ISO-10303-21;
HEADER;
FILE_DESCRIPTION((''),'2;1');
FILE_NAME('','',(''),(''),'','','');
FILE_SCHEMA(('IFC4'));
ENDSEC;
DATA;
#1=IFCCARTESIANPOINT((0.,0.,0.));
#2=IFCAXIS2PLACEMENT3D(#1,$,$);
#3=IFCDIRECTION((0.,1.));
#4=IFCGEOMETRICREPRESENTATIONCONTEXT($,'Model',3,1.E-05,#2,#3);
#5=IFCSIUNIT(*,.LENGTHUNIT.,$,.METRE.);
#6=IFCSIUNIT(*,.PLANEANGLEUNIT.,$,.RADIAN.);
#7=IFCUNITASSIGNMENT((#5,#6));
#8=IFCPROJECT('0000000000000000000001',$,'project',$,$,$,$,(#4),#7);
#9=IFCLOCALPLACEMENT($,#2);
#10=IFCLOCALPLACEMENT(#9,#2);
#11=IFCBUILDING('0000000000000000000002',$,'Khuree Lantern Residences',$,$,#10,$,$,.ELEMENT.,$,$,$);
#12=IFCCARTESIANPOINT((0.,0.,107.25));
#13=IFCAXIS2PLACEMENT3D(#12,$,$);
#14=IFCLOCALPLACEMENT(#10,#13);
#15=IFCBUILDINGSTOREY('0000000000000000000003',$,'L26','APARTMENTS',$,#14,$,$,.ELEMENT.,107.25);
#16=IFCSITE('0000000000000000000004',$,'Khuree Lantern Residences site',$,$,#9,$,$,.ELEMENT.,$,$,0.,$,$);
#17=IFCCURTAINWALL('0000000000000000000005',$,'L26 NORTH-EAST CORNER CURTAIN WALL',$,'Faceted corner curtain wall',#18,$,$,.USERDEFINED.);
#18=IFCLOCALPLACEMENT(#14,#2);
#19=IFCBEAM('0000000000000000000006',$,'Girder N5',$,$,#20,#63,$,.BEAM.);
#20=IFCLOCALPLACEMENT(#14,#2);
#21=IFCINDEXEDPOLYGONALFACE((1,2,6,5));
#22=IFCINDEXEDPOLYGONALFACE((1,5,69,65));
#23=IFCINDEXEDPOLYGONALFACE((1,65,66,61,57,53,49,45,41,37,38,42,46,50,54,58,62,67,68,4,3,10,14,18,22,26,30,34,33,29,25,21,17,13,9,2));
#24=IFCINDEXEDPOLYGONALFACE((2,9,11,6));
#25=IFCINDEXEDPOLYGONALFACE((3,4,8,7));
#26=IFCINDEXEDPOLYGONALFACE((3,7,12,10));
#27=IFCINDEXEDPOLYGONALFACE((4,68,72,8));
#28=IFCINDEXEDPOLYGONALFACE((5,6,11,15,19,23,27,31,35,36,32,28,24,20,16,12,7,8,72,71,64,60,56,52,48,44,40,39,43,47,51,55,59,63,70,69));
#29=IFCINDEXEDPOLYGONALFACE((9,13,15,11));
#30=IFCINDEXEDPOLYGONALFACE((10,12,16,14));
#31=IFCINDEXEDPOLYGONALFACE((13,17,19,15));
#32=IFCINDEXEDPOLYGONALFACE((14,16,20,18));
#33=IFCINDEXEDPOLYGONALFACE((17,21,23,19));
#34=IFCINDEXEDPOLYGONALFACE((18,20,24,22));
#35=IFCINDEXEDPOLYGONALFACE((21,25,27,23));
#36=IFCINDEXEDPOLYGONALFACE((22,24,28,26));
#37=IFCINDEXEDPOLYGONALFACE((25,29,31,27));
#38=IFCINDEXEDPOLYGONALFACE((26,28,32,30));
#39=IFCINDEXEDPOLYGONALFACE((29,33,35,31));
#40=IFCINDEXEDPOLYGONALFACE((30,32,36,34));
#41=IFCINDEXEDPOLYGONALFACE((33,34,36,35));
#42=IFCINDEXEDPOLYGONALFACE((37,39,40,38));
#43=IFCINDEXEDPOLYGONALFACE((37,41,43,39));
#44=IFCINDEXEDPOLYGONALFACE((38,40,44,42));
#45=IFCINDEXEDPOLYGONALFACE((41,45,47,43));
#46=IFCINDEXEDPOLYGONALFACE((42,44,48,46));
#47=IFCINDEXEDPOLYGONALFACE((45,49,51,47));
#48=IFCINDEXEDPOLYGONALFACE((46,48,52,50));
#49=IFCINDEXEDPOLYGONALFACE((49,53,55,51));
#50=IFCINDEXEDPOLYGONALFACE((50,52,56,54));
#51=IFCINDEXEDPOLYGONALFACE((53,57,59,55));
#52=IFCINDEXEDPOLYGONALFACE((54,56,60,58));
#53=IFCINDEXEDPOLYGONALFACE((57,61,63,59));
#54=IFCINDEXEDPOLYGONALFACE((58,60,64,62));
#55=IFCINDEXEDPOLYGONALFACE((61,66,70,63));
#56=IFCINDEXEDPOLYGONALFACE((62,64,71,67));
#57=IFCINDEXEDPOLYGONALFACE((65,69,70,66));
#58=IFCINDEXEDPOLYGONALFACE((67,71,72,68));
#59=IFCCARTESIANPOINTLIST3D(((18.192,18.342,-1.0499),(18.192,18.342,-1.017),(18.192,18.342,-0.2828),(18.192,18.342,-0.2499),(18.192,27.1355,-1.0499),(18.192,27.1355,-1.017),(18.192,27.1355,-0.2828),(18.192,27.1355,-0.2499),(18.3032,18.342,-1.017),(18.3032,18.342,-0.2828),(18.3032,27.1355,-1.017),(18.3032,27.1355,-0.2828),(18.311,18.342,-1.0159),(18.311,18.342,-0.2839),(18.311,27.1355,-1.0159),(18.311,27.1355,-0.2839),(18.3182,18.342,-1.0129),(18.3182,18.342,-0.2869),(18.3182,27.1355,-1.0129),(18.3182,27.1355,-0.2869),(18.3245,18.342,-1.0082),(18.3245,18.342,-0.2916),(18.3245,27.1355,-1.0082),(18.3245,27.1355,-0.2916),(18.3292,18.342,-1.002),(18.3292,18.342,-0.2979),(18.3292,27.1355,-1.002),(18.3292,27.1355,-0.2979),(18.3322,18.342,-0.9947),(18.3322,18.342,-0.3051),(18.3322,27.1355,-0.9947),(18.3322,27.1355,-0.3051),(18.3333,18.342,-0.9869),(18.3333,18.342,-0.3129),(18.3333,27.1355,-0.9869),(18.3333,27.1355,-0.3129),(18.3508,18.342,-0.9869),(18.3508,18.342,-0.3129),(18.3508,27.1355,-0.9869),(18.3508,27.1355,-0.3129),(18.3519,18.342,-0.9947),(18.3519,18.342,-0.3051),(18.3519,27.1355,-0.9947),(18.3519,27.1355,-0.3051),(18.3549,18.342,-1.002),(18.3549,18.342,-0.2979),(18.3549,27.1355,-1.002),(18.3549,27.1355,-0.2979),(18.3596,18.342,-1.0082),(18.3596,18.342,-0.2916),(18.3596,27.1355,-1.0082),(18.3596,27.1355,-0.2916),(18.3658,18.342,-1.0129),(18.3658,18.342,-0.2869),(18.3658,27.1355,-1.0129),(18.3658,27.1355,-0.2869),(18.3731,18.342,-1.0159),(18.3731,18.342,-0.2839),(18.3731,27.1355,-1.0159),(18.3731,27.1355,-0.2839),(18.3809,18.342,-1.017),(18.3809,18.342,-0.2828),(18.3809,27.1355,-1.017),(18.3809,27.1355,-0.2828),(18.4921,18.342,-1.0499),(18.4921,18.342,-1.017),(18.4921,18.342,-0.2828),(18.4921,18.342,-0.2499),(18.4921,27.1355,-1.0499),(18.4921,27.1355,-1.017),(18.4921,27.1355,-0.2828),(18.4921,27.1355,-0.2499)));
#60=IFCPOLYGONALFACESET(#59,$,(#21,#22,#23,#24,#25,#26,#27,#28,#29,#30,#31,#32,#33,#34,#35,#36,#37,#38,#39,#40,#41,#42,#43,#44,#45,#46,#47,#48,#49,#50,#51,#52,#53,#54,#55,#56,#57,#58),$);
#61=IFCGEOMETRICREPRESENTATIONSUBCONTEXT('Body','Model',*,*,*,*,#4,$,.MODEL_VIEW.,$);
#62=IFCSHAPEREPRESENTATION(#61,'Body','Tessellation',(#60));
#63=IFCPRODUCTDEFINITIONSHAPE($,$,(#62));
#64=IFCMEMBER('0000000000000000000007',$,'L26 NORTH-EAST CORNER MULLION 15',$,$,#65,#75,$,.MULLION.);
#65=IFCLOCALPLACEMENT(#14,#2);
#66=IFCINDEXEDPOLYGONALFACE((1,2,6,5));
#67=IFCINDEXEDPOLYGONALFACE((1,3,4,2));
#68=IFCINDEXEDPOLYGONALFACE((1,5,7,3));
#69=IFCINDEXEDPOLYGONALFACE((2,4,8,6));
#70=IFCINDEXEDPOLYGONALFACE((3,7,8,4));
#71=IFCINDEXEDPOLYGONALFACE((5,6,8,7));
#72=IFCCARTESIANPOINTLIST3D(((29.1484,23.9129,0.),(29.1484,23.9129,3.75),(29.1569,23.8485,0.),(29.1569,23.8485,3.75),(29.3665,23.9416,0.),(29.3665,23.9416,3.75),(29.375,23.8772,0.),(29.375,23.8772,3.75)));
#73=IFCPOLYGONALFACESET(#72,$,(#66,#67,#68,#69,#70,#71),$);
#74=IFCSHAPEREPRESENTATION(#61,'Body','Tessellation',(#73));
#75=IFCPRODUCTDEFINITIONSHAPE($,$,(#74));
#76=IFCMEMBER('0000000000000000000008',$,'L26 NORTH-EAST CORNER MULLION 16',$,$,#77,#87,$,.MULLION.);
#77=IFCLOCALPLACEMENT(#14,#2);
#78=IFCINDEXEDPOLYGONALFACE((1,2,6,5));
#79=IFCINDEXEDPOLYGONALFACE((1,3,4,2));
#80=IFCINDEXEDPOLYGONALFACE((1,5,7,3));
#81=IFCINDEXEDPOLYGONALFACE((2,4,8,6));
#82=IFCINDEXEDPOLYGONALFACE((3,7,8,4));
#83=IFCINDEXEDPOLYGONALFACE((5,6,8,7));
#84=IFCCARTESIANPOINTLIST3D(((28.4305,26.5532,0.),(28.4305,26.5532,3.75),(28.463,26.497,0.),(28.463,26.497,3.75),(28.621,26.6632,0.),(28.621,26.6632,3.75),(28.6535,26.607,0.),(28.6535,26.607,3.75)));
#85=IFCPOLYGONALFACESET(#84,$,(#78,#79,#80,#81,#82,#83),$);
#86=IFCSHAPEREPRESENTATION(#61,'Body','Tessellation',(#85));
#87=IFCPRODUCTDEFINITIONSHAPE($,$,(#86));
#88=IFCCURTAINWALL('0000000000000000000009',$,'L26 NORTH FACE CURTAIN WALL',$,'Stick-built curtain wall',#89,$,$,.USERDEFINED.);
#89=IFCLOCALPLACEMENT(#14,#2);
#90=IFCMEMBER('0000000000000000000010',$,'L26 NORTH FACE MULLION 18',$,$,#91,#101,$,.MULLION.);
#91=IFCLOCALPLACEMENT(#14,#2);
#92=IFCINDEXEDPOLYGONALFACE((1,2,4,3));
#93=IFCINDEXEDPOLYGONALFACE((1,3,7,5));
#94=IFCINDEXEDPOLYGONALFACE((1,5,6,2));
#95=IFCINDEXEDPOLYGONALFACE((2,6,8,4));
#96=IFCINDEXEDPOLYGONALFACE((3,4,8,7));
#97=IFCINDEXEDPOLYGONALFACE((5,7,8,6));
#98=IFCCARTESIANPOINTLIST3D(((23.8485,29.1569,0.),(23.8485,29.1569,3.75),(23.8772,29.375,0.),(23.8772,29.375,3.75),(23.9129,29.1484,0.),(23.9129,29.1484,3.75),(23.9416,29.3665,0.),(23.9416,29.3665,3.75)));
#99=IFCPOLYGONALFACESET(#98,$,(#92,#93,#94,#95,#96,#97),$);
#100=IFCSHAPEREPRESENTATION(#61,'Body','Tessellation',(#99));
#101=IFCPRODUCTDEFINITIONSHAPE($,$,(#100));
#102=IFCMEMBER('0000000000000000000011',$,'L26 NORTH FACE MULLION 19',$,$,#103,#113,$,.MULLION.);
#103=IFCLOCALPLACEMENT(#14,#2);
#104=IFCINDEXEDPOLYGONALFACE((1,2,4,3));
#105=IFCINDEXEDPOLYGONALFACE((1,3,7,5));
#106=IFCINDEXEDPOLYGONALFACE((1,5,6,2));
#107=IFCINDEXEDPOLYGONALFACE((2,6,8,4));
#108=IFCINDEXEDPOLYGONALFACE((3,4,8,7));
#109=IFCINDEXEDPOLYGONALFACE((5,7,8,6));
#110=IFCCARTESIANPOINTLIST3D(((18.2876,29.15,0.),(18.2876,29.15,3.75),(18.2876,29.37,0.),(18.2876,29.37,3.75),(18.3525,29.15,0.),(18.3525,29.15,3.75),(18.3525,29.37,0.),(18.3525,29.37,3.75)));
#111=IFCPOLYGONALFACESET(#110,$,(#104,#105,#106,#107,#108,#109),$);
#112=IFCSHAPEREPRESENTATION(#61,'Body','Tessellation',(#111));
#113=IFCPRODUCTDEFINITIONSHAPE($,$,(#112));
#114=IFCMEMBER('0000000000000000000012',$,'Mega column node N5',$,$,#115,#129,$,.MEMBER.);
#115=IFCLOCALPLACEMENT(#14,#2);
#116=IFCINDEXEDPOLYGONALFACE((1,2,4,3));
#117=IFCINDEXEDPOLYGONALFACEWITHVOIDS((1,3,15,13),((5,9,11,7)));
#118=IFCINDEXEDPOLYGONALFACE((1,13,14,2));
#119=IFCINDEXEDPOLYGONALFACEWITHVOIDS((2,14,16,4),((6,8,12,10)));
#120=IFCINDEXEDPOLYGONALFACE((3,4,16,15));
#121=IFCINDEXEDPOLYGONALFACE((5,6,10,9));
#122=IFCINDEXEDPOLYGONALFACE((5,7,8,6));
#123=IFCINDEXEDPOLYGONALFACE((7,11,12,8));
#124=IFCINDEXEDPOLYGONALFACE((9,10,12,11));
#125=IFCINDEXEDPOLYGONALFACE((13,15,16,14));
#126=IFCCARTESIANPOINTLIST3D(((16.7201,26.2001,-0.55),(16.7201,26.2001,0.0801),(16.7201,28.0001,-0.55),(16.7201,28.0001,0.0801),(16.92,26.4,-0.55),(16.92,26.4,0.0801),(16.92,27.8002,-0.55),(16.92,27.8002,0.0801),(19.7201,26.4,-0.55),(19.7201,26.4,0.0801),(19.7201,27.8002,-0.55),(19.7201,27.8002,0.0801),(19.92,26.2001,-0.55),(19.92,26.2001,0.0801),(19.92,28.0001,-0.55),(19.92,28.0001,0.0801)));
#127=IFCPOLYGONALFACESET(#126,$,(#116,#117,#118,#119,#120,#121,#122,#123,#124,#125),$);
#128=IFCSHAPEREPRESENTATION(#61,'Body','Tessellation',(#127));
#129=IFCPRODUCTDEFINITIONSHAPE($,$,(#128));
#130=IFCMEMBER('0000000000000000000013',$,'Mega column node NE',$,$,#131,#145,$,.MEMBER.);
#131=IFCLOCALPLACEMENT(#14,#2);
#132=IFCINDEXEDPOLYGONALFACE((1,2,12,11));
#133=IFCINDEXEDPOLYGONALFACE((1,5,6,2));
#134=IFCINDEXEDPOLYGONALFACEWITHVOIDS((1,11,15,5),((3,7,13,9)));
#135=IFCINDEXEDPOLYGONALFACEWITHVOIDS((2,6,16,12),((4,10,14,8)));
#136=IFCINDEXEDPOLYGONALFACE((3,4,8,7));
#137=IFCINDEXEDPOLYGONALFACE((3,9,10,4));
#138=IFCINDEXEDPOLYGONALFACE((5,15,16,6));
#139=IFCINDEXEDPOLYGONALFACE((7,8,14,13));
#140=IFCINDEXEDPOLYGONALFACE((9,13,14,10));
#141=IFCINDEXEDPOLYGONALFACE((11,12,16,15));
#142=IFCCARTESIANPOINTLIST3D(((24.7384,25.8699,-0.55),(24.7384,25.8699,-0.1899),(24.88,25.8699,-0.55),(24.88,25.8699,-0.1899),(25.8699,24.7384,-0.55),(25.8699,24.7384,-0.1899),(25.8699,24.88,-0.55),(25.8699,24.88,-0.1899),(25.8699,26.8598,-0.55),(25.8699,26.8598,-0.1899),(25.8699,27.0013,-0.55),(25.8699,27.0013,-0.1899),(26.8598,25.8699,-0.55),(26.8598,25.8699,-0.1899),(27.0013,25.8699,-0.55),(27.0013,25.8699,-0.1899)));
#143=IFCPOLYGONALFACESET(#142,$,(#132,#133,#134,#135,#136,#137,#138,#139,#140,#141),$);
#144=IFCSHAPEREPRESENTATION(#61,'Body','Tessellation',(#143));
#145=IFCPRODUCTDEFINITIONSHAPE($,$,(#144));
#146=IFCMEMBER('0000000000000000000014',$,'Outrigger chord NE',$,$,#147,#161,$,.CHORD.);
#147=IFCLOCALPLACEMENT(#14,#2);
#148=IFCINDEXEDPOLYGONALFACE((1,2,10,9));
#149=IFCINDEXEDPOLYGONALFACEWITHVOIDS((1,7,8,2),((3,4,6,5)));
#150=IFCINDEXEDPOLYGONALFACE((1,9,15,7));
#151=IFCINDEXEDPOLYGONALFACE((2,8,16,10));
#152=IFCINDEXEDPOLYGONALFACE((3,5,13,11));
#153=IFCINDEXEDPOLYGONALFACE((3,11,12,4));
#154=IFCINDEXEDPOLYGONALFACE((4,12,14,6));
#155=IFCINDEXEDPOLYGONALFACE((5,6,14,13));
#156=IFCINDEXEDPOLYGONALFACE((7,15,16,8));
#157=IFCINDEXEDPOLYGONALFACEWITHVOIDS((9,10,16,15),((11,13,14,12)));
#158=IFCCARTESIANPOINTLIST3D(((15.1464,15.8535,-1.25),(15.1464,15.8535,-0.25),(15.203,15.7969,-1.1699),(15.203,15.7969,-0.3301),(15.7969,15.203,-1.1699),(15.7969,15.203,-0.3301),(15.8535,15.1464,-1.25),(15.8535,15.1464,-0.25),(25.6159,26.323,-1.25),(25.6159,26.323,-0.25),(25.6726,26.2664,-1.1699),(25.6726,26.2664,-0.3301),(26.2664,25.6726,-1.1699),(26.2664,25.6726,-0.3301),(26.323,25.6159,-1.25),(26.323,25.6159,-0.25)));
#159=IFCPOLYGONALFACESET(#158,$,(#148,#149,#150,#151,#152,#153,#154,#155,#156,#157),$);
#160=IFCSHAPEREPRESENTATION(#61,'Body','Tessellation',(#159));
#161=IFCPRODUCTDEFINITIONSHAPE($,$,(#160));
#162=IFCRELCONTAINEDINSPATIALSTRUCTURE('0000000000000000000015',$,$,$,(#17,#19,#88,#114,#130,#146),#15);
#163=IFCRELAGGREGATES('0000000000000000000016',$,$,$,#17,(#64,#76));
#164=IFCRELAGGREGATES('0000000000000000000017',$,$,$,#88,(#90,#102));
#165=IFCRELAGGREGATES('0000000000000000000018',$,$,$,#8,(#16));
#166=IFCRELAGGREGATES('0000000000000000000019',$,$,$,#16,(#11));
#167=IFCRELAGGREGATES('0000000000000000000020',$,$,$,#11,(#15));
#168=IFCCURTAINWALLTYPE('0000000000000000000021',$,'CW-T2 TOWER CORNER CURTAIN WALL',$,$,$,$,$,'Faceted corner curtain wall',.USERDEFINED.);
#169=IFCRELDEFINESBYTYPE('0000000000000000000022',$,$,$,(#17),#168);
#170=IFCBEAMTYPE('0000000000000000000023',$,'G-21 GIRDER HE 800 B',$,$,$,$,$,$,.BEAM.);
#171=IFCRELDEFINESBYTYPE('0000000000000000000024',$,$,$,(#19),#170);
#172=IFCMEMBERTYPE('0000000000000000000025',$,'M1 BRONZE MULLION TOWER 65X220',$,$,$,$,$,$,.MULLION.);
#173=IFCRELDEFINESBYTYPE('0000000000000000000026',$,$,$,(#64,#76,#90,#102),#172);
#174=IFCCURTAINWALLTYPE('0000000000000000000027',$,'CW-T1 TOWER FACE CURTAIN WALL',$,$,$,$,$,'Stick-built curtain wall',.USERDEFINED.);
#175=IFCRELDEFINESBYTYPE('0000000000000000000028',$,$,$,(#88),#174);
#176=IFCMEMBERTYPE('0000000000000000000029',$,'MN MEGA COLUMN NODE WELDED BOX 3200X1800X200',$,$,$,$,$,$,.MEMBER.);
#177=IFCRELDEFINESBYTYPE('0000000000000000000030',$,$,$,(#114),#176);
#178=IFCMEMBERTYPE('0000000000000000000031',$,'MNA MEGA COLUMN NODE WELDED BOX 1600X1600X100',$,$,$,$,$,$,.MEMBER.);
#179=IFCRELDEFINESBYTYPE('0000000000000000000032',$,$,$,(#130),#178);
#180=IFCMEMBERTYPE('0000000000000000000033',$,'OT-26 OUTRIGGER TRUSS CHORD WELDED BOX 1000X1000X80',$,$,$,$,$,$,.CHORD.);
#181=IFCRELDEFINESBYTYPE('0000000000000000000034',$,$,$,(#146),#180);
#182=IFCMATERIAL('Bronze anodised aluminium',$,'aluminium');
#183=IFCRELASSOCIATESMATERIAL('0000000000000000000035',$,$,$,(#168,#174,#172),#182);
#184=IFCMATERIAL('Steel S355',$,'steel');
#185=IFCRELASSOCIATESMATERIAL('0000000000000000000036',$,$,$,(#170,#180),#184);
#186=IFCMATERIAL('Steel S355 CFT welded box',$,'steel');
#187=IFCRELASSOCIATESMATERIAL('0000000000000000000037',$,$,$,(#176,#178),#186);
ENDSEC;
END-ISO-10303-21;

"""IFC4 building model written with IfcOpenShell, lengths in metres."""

from ifc_helpers import new_model, si_unit, direction, frame, origin, origin_2d, place, context, subcontext, project, spatial, rectangle, hollow_rectangle, i_section, extrude, material, material_profile, profile_set, type_object, element, aggregate, save


model = new_model("IFC4")

# Units and contexts
model_context = context("Model", 3, precision=1e-05, world=origin(), true_north=direction((0.0, 1.0)))
body_context = subcontext(model_context, "Body", "Model", "MODEL_VIEW")
ifc_project = project(units=[si_unit("LENGTHUNIT", "METRE"), si_unit("PLANEANGLEUNIT", "RADIAN")], contexts=[model_context])

# Site, building, storey
site_placement = place(None, origin())
site = spatial("IfcSite", under=ifc_project, at=site_placement, Name="Khuree Lantern Residences site", CompositionType="ELEMENT", RefElevation=0.0)
building_placement = place(site_placement, origin())
building = spatial("IfcBuilding", under=site, at=building_placement, Name="Khuree Lantern Residences", CompositionType="ELEMENT")
storey_placement = place(building_placement, frame((0.0, 0.0, 107.25)))
storey = spatial("IfcBuildingStorey", under=building, at=storey_placement, Name="L26", Description="APARTMENTS", CompositionType="ELEMENT", Elevation=107.25)

# Shared definitions
ifc_material_1 = material(Name="Steel S355 CFT welded box", Category="steel")

# Shared definitions
ifc_material_2 = material(Name="Steel S355", Category="steel")

# Curtain wall
ifc_material_3 = material(Name="Bronze anodised aluminium", Category="aluminium")
curtain_wall_type_1 = type_object("IfcCurtainWallType", Name="CW-T2 TOWER CORNER CURTAIN WALL", ElementType="Faceted corner curtain wall", PredefinedType="USERDEFINED", material=ifc_material_3)
curtain_wall_1_placement = place(storey_placement, origin())
curtain_wall_1 = element("IfcCurtainWall", 1, at=curtain_wall_1_placement, inside=storey, type_object=curtain_wall_type_1, Name="L26 NORTH-EAST CORNER CURTAIN WALL", ObjectType="Faceted corner curtain wall", PredefinedType="USERDEFINED")

# Beam
ifc_material_profile_1 = material_profile(ifc_material_2, i_section(OverallWidth=0.3, OverallDepth=0.8, WebThickness=0.0176, FlangeThickness=0.033, FilletRadius=0.03, at=origin_2d()), Name="HE 800 B")
ifc_profile_set_1 = profile_set([ifc_material_profile_1], Name="Steel S355")
beam_type_1 = type_object("IfcBeamType", Name="G-21 GIRDER HE 800 B", PredefinedType="BEAM", material=ifc_profile_set_1)
beam_1_placement = place(storey_placement, frame((18.342, 27.1355, -0.6499), z_axis=(0.0, -1.0, 0.0), x_axis=(1.0, 0.0, 0.0)))
element("IfcBeam", 2, at=beam_1_placement, inside=storey, type_object=beam_type_1, Name="Girder N5", PredefinedType="BEAM", context=body_context, shape_type="SweptSolid", body=[
    extrude(i_section(OverallWidth=0.3, OverallDepth=0.8, WebThickness=0.0176, FlangeThickness=0.033, FilletRadius=0.03, at=origin_2d()), origin(), (0.0, 0.0, 1.0), 8.7935),
])

# Members
ifc_material_profile_2 = material_profile(ifc_material_3, rectangle(XDim=0.0649, YDim=0.22, at=origin_2d()), Name="M1 65X220")
ifc_profile_set_2 = profile_set([ifc_material_profile_2], Name="Bronze anodised aluminium")
member_type_1 = type_object("IfcMemberType", Name="M1 BRONZE MULLION TOWER 65X220", PredefinedType="MULLION", material=ifc_profile_set_2)
member_1_placement = place(storey_placement, frame((29.2617, 23.895, 0.0), z_axis=(0.0, 0.0, 1.0), x_axis=(-0.130526, 0.991445, 0.0)))
member_1 = element("IfcMember", 3, at=member_1_placement, type_object=member_type_1, Name="L26 NORTH-EAST CORNER MULLION 15", PredefinedType="MULLION", context=body_context, shape_type="SweptSolid", body=[
    extrude(rectangle(XDim=0.0649, YDim=0.22, at=origin_2d()), origin(), (0.0, 0.0, 1.0), 3.75),
])
member_2_placement = place(storey_placement, frame((28.542, 26.5801, 0.0), z_axis=(0.0, 0.0, 1.0), x_axis=(-0.5, 0.866025, 0.0)))
member_2 = element("IfcMember", 4, at=member_2_placement, type_object=member_type_1, Name="L26 NORTH-EAST CORNER MULLION 16", PredefinedType="MULLION", context=body_context, shape_type="SweptSolid", body=[
    extrude(rectangle(XDim=0.0649, YDim=0.22, at=origin_2d()), origin(), (0.0, 0.0, 1.0), 3.75),
])

# Curtain wall, members
curtain_wall_type_2 = type_object("IfcCurtainWallType", Name="CW-T1 TOWER FACE CURTAIN WALL", ElementType="Stick-built curtain wall", PredefinedType="USERDEFINED", material=ifc_material_3)
curtain_wall_2_placement = place(storey_placement, origin())
curtain_wall_2 = element("IfcCurtainWall", 5, at=curtain_wall_2_placement, inside=storey, type_object=curtain_wall_type_2, Name="L26 NORTH FACE CURTAIN WALL", ObjectType="Stick-built curtain wall", PredefinedType="USERDEFINED")
member_3_placement = place(storey_placement, frame((23.895, 29.2617, 0.0), z_axis=(0.0, 0.0, 1.0), x_axis=(-0.991445, 0.130526, 0.0)))
member_3 = element("IfcMember", 6, at=member_3_placement, type_object=member_type_1, Name="L26 NORTH FACE MULLION 18", PredefinedType="MULLION", context=body_context, shape_type="SweptSolid", body=[
    extrude(rectangle(XDim=0.0649, YDim=0.22, at=origin_2d()), origin(), (0.0, 0.0, 1.0), 3.75),
])
member_4_placement = place(storey_placement, frame((18.3201, 29.26, 0.0), z_axis=(0.0, 0.0, 1.0), x_axis=(-1.0, 0.0, 0.0)))
member_4 = element("IfcMember", 7, at=member_4_placement, type_object=member_type_1, Name="L26 NORTH FACE MULLION 19", PredefinedType="MULLION", context=body_context, shape_type="SweptSolid", body=[
    extrude(rectangle(XDim=0.0649, YDim=0.22, at=origin_2d()), origin(), (0.0, 0.0, 1.0), 3.75),
])

# Members
ifc_material_profile_3 = material_profile(ifc_material_1, hollow_rectangle(XDim=3.2, YDim=1.8, WallThickness=0.2, at=origin_2d()), Name="WELDED BOX 3200X1800X200")
ifc_profile_set_3 = profile_set([ifc_material_profile_3], Name="Steel S355 CFT welded box")
member_type_2 = type_object("IfcMemberType", Name="MN MEGA COLUMN NODE WELDED BOX 3200X1800X200", PredefinedType="MEMBER", material=ifc_profile_set_3)
member_5_placement = place(storey_placement, frame((18.3201, 27.1001, -0.55), z_axis=(0.0, 0.0, 1.0), x_axis=(1.0, 0.0, 0.0)))
element("IfcMember", 8, at=member_5_placement, inside=storey, type_object=member_type_2, Name="Mega column node N5", PredefinedType="MEMBER", context=body_context, shape_type="SweptSolid", body=[
    extrude(hollow_rectangle(XDim=3.2, YDim=1.8, WallThickness=0.2, at=origin_2d()), origin(), (0.0, 0.0, 1.0), 0.6301),
])
ifc_material_profile_4 = material_profile(ifc_material_1, hollow_rectangle(XDim=1.6001, YDim=1.6001, WallThickness=0.1001, at=origin_2d()), Name="WELDED BOX 1600X1600X100")
ifc_profile_set_4 = profile_set([ifc_material_profile_4], Name="Steel S355 CFT welded box")
member_type_3 = type_object("IfcMemberType", Name="MNA MEGA COLUMN NODE WELDED BOX 1600X1600X100", PredefinedType="MEMBER", material=ifc_profile_set_4)
member_6_placement = place(storey_placement, frame((25.8699, 25.8699, -0.55), z_axis=(0.0, 0.0, 1.0), x_axis=(0.707107, -0.707107, 0.0)))
element("IfcMember", 9, at=member_6_placement, inside=storey, type_object=member_type_3, Name="Mega column node NE", PredefinedType="MEMBER", context=body_context, shape_type="SweptSolid", body=[
    extrude(hollow_rectangle(XDim=1.6001, YDim=1.6001, WallThickness=0.1001, at=origin_2d()), origin(), (0.0, 0.0, 1.0), 0.3601),
])
ifc_material_profile_5 = material_profile(ifc_material_2, hollow_rectangle(XDim=1.0, YDim=1.0, WallThickness=0.0801, at=origin_2d()), Name="WELDED BOX 1000X1000X80")
ifc_profile_set_5 = profile_set([ifc_material_profile_5], Name="Steel S355")
member_type_4 = type_object("IfcMemberType", Name="OT-26 OUTRIGGER TRUSS CHORD WELDED BOX 1000X1000X80", PredefinedType="CHORD", material=ifc_profile_set_5)
member_7_placement = place(storey_placement, frame((25.9695, 25.9695, -0.75), z_axis=(-0.707107, -0.707107, 0.0), x_axis=(0.707107, -0.707107, 0.0)))
element("IfcMember", 10, at=member_7_placement, inside=storey, type_object=member_type_4, Name="Outrigger chord NE", PredefinedType="CHORD", context=body_context, shape_type="SweptSolid", body=[
    extrude(hollow_rectangle(XDim=1.0, YDim=1.0, WallThickness=0.0801, at=origin_2d()), origin(), (0.0, 0.0, 1.0), 14.8062),
])

aggregate(curtain_wall_1, [member_1, member_2])

aggregate(curtain_wall_2, [member_3, member_4])

save(model, "model.ifc")
